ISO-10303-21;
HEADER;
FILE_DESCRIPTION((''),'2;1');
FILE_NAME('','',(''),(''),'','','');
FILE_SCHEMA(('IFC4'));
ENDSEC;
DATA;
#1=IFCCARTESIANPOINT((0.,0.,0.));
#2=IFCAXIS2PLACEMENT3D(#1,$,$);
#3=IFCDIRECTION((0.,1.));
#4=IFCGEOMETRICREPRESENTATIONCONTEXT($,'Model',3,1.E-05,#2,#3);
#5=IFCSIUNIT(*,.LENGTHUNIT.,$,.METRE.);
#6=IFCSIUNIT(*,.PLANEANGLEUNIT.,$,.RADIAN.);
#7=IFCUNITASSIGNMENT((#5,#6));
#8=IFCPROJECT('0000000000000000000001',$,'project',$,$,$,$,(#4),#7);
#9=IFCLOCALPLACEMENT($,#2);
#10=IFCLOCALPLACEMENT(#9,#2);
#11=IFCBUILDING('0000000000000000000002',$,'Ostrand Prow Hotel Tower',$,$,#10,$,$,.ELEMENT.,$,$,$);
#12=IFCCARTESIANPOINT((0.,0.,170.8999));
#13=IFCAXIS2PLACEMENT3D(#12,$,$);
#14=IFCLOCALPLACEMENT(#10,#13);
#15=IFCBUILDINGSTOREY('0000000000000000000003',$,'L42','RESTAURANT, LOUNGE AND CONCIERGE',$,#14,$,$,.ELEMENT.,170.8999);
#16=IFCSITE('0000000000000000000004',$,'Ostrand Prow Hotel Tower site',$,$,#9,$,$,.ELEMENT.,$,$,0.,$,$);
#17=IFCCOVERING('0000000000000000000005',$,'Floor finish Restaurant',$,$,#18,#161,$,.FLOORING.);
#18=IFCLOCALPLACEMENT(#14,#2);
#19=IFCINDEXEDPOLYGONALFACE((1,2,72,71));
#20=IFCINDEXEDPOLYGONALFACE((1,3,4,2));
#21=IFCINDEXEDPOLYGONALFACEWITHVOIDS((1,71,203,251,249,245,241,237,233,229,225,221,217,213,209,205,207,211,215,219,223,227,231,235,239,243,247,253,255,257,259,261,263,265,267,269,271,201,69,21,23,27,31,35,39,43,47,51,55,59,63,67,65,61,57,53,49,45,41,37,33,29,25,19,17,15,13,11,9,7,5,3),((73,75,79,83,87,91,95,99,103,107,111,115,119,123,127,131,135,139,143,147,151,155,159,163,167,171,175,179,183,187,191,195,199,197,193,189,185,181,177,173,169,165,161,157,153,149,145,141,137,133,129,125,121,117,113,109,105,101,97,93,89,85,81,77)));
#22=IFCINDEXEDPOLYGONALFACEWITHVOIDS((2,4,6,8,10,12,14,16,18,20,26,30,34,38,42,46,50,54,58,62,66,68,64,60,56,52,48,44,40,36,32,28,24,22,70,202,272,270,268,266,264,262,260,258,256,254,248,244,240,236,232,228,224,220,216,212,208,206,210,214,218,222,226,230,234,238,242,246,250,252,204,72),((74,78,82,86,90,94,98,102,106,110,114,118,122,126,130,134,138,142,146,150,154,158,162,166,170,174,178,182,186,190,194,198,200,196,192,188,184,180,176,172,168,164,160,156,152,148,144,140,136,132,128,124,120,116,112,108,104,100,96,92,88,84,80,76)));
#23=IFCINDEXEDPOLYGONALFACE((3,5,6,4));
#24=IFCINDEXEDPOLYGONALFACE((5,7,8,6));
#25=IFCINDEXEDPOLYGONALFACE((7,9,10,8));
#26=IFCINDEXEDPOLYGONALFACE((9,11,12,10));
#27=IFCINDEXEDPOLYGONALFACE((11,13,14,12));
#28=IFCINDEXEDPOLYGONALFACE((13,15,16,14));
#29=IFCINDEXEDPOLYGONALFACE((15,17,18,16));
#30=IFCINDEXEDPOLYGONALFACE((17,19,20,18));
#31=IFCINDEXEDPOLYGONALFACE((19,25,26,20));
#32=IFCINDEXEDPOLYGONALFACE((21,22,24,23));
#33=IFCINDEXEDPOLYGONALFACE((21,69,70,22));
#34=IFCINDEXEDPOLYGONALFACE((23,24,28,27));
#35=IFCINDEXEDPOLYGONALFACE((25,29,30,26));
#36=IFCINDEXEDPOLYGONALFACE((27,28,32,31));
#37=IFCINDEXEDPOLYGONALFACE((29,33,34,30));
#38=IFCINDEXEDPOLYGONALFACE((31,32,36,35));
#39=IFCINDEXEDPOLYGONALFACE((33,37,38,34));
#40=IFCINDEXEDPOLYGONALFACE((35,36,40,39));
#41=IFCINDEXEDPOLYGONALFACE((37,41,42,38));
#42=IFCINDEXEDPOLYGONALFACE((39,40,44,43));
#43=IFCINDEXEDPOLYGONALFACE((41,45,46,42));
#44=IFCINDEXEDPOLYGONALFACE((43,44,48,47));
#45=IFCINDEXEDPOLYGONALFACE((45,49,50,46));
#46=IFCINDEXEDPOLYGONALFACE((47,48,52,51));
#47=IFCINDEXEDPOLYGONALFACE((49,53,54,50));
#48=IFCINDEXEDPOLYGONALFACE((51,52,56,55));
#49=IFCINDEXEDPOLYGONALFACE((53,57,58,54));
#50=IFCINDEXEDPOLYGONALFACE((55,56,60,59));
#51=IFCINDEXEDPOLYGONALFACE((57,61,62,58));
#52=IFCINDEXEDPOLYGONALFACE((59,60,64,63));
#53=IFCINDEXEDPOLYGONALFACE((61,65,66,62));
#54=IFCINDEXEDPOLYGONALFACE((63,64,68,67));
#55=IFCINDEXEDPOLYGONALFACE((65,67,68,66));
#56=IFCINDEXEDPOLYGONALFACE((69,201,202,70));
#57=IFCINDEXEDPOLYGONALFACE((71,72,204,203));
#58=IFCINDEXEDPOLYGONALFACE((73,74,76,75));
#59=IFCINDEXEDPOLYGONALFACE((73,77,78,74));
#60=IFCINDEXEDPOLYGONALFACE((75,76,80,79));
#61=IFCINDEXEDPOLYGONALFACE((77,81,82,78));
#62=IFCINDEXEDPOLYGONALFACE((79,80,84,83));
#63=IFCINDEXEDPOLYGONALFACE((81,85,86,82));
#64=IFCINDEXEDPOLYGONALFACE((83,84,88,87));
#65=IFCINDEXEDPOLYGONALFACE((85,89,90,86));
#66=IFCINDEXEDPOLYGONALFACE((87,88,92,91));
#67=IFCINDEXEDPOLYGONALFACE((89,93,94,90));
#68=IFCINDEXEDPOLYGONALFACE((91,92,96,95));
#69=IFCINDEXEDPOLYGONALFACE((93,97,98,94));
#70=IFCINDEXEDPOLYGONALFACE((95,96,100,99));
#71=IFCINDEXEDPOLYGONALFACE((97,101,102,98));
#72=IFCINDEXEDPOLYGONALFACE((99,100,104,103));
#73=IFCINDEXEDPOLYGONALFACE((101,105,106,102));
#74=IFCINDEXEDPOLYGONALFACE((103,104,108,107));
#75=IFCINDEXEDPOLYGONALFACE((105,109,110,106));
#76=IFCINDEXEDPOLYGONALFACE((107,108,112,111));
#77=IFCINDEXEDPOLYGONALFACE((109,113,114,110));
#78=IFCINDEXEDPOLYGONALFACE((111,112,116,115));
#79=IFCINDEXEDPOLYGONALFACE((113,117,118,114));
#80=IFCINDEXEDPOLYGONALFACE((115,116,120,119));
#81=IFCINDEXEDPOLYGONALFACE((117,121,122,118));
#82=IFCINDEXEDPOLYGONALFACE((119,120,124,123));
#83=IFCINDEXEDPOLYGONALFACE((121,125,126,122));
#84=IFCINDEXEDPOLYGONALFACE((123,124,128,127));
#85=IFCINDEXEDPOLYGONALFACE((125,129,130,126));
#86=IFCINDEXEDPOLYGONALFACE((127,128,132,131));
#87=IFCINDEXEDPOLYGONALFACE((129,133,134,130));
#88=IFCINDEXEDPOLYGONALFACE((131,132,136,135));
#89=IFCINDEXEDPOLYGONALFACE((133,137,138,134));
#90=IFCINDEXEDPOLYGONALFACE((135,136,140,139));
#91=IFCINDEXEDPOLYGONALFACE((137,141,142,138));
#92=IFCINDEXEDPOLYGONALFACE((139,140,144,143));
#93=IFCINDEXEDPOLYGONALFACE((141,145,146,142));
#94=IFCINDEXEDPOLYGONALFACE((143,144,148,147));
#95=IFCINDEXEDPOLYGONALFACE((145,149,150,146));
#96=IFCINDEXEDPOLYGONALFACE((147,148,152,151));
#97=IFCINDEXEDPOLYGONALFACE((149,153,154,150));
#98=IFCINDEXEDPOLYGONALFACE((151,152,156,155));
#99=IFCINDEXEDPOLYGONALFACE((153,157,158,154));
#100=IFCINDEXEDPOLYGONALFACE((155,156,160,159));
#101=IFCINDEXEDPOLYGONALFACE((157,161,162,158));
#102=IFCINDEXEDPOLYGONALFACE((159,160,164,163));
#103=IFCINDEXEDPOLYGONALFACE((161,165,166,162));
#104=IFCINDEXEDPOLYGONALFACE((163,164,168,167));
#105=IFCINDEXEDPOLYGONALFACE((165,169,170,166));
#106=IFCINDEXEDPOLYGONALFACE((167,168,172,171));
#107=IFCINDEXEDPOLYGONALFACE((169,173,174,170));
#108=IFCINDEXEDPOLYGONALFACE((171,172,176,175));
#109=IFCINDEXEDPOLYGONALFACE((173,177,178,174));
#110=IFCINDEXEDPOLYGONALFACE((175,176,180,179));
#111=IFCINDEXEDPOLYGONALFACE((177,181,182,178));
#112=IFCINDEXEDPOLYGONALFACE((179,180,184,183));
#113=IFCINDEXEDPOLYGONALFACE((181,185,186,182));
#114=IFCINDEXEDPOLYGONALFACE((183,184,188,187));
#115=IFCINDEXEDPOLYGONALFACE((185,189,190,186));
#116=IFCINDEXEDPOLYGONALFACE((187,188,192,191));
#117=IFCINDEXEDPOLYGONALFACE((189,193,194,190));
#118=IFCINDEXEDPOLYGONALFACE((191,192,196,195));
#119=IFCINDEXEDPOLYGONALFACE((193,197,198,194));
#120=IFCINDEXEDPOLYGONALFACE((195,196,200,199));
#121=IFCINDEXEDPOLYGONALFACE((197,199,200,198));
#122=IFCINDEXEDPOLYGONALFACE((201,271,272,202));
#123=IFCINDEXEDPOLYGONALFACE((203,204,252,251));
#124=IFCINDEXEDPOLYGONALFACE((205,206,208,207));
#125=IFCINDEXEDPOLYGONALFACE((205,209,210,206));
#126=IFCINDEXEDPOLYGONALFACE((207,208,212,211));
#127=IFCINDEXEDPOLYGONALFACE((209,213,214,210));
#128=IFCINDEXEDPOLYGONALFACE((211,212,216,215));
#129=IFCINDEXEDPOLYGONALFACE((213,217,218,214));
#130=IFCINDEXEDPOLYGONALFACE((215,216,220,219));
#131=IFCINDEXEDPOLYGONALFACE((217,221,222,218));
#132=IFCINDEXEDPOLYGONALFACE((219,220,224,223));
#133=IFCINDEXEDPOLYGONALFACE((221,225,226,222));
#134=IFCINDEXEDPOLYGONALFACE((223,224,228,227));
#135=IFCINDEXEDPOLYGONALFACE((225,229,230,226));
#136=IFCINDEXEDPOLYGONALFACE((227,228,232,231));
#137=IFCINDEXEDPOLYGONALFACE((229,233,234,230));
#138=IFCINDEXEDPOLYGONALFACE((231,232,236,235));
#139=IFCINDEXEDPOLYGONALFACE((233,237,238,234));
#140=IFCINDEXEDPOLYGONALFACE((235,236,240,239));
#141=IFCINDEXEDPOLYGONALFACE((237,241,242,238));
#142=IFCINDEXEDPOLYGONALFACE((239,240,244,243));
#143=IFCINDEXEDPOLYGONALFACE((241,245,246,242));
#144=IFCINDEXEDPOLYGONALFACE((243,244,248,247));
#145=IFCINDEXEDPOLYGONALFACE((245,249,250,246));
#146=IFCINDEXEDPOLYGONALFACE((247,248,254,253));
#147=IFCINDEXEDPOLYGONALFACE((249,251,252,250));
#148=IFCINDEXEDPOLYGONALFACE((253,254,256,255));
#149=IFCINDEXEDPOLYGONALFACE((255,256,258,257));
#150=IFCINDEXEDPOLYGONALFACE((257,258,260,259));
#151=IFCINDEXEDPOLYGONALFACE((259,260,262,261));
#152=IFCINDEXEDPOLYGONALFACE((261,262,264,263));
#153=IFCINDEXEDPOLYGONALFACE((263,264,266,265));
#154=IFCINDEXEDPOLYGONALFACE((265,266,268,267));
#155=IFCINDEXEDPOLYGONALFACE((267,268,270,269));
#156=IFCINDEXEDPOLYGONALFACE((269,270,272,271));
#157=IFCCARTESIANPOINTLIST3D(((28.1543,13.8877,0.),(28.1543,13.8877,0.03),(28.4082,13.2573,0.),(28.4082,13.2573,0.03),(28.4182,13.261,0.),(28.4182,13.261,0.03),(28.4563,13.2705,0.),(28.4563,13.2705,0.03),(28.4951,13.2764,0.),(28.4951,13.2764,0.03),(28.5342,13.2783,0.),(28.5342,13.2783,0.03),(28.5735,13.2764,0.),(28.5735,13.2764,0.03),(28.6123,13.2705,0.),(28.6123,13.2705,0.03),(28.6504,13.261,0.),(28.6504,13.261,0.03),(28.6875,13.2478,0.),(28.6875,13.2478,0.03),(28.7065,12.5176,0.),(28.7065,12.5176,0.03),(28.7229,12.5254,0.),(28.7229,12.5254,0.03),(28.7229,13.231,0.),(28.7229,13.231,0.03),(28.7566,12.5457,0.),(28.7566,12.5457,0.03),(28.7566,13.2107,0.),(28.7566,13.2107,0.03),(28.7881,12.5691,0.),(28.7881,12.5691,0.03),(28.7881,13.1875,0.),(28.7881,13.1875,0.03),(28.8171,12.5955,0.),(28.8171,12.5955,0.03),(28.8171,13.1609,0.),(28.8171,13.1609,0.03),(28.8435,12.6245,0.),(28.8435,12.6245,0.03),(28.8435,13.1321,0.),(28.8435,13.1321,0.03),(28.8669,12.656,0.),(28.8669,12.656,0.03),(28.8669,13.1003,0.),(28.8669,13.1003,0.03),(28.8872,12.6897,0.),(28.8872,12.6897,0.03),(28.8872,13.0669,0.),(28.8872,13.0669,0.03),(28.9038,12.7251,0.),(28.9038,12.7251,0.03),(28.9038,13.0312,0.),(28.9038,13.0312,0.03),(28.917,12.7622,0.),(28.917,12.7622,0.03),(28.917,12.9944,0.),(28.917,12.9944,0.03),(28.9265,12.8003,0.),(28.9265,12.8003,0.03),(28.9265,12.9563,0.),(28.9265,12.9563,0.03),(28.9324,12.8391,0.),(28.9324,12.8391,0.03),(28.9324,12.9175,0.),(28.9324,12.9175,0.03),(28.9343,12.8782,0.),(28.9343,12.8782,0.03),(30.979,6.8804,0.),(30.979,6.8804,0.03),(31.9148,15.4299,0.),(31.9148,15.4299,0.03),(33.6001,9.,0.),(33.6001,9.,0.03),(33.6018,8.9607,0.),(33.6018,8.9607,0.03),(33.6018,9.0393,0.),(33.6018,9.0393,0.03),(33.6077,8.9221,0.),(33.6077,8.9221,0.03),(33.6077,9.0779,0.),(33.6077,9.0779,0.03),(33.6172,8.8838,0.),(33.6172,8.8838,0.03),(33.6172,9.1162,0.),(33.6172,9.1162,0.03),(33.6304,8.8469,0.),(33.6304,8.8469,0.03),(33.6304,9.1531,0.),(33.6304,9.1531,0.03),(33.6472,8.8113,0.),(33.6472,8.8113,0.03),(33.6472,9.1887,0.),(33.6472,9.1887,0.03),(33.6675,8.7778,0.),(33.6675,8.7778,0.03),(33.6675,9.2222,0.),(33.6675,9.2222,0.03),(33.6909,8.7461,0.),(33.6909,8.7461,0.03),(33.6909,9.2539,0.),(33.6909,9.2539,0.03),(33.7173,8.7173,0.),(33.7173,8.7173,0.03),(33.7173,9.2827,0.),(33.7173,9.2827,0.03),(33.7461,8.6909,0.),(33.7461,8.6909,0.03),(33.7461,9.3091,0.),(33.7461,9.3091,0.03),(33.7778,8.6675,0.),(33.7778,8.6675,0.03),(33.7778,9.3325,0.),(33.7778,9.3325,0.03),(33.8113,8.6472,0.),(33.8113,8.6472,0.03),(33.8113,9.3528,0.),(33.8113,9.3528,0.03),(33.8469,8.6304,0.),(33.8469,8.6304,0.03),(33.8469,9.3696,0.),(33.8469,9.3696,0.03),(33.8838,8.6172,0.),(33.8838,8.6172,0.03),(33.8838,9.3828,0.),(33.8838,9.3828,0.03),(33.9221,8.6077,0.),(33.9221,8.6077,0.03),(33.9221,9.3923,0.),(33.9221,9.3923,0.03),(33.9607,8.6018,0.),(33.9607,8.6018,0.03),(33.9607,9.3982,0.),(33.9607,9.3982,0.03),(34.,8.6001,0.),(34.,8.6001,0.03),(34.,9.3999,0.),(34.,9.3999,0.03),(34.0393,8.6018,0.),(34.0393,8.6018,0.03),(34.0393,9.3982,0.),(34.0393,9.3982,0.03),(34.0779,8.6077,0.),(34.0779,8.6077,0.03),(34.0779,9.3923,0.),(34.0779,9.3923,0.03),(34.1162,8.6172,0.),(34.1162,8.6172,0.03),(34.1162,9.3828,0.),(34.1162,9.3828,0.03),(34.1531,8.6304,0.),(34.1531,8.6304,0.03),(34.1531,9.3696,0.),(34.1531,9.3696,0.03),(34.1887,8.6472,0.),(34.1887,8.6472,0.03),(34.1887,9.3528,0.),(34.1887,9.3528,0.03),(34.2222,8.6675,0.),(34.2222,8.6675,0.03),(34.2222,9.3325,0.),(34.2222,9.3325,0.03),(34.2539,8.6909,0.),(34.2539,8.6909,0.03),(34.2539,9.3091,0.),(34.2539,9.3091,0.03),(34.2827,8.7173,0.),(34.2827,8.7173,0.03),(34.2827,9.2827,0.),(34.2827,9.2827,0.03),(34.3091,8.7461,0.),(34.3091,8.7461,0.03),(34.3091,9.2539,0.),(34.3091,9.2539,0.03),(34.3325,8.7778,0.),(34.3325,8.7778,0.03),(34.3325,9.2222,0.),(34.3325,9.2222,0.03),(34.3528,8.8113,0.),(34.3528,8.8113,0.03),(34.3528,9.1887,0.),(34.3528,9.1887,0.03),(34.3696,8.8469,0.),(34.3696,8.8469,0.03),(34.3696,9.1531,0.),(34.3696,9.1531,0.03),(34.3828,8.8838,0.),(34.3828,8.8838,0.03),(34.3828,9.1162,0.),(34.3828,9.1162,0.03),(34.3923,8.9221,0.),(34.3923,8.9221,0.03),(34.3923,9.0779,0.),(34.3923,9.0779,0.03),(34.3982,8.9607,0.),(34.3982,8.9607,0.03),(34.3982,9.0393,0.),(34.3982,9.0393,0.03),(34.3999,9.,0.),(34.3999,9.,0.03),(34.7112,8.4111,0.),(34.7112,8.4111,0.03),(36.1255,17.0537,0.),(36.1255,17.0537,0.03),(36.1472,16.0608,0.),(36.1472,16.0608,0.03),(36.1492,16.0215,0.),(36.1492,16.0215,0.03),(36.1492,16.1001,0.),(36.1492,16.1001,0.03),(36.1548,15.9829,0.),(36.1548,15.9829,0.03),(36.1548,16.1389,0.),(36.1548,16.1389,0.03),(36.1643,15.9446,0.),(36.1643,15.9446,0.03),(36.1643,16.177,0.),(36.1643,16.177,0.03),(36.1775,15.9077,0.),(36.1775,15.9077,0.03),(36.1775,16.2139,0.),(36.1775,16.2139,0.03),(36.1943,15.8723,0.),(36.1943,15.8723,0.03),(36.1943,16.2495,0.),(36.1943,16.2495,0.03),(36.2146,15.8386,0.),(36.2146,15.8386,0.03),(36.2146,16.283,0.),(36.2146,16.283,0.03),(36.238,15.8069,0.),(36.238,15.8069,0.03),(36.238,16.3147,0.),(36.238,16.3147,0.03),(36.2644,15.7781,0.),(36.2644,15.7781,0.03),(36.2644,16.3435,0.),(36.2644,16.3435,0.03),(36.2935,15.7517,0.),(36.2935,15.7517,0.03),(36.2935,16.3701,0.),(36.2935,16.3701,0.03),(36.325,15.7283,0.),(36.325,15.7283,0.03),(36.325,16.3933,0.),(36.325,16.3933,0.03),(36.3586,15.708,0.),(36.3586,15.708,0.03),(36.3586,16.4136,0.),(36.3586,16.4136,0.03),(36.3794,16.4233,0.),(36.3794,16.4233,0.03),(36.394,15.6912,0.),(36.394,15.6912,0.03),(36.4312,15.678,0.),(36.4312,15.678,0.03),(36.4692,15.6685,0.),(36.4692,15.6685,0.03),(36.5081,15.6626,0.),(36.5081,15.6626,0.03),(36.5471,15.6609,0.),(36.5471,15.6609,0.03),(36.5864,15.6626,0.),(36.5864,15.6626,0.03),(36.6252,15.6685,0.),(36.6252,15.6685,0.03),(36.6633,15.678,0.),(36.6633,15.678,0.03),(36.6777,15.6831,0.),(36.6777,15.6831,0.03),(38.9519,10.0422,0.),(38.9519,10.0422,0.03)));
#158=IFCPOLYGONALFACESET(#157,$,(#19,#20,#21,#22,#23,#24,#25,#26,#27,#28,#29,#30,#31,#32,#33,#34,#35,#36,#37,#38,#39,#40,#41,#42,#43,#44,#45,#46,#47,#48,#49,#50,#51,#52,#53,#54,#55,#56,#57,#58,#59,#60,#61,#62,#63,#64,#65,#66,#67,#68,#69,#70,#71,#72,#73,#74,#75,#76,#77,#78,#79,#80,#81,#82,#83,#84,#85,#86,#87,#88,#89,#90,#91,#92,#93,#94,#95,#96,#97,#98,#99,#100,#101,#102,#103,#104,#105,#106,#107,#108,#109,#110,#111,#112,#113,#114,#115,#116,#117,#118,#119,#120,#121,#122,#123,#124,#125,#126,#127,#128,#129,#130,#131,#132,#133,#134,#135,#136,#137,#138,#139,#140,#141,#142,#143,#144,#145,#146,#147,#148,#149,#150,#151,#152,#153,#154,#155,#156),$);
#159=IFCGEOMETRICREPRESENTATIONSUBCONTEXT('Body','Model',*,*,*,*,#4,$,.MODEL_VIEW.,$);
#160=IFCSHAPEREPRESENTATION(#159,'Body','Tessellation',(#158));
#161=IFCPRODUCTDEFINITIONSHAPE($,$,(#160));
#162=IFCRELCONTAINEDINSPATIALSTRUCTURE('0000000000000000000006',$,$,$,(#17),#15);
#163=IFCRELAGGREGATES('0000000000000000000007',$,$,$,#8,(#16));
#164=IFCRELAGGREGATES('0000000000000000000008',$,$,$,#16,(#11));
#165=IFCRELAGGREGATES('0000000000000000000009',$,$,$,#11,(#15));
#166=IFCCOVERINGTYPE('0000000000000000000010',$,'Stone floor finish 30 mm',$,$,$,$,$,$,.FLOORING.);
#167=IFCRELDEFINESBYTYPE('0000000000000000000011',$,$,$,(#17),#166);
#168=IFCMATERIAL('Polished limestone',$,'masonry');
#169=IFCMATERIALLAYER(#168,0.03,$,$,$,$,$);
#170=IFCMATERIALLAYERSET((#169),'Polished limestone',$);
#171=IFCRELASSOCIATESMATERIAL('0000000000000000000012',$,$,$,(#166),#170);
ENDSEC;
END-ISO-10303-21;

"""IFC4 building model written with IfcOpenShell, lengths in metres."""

from ifc_helpers import new_model, si_unit, direction, frame, origin, place, context, subcontext, project, spatial, polyline, outline, extrude, material, layer, layer_set, type_object, element, save


model = new_model("IFC4")

# Units and contexts
model_context = context("Model", 3, precision=1e-05, world=origin(), true_north=direction((0.0, 1.0)))
body_context = subcontext(model_context, "Body", "Model", "MODEL_VIEW")
ifc_project = project(units=[si_unit("LENGTHUNIT", "METRE"), si_unit("PLANEANGLEUNIT", "RADIAN")], contexts=[model_context])

# Site, building, storey
site_placement = place(None, origin())
site = spatial("IfcSite", under=ifc_project, at=site_placement, Name="Ostrand Prow Hotel Tower site", CompositionType="ELEMENT", RefElevation=0.0)
building_placement = place(site_placement, origin())
building = spatial("IfcBuilding", under=site, at=building_placement, Name="Ostrand Prow Hotel Tower", CompositionType="ELEMENT")
storey_placement = place(building_placement, frame((0.0, 0.0, 170.8999)))
storey = spatial("IfcBuildingStorey", under=building, at=storey_placement, Name="L42", Description="RESTAURANT, LOUNGE AND CONCIERGE", CompositionType="ELEMENT", Elevation=170.8999)

# Covering
ifc_material_1 = material(Name="Polished limestone", Category="masonry")
ifc_layer_1 = layer(ifc_material_1, 0.03)
ifc_layer_set_1 = layer_set([ifc_layer_1], Name="Polished limestone")
covering_type_1 = type_object("IfcCoveringType", Name="Stone floor finish 30 mm", PredefinedType="FLOORING", material=ifc_layer_set_1)
covering_1_placement = place(storey_placement, origin())
element("IfcCovering", 1, at=covering_1_placement, inside=storey, type_object=covering_type_1, Name="Floor finish Restaurant", PredefinedType="FLOORING", context=body_context, shape_type="SweptSolid", body=[
    extrude(outline(polyline([(36.3794, 16.4233), (36.1255, 17.0537), (31.9148, 15.4299), (28.1543, 13.8877), (28.4082, 13.2573), (28.4182, 13.261), (28.4563, 13.2705), (28.4951, 13.2764), (28.5342, 13.2783), (28.5735, 13.2764), (28.6123, 13.2705), (28.6504, 13.261), (28.6875, 13.2478), (28.7229, 13.231), (28.7566, 13.2107), (28.7881, 13.1875), (28.8171, 13.1609), (28.8435, 13.1321), (28.8669, 13.1003), (28.8872, 13.0669), (28.9038, 13.0312), (28.917, 12.9944), (28.9265, 12.9563), (28.9324, 12.9175), (28.9343, 12.8782), (28.9324, 12.8391), (28.9265, 12.8003), (28.917, 12.7622), (28.9038, 12.7251), (28.8872, 12.6897), (28.8669, 12.656), (28.8435, 12.6245), (28.8171, 12.5955), (28.7881, 12.5691), (28.7566, 12.5457), (28.7229, 12.5254), (28.7065, 12.5176), (30.979, 6.8804), (34.7112, 8.4111), (38.9519, 10.0422), (36.6777, 15.6831), (36.6633, 15.678), (36.6252, 15.6685), (36.5864, 15.6626), (36.5471, 15.6609), (36.5081, 15.6626), (36.4692, 15.6685), (36.4312, 15.678), (36.394, 15.6912), (36.3586, 15.708), (36.325, 15.7283), (36.2935, 15.7517), (36.2644, 15.7781), (36.238, 15.8069), (36.2146, 15.8386), (36.1943, 15.8723), (36.1775, 15.9077), (36.1643, 15.9446), (36.1548, 15.9829), (36.1492, 16.0215), (36.1472, 16.0608), (36.1492, 16.1001), (36.1548, 16.1389), (36.1643, 16.177), (36.1775, 16.2139), (36.1943, 16.2495), (36.2146, 16.283), (36.238, 16.3147), (36.2644, 16.3435), (36.2935, 16.3701), (36.325, 16.3933), (36.3586, 16.4136), (36.3794, 16.4233)]), holes=[polyline([(34.3325, 8.7778), (34.3091, 8.7461), (34.2827, 8.7173), (34.2539, 8.6909), (34.2222, 8.6675), (34.1887, 8.6472), (34.1531, 8.6304), (34.1162, 8.6172), (34.0779, 8.6077), (34.0393, 8.6018), (34.0, 8.6001), (33.9607, 8.6018), (33.9221, 8.6077), (33.8838, 8.6172), (33.8469, 8.6304), (33.8113, 8.6472), (33.7778, 8.6675), (33.7461, 8.6909), (33.7173, 8.7173), (33.6909, 8.7461), (33.6675, 8.7778), (33.6472, 8.8113), (33.6304, 8.8469), (33.6172, 8.8838), (33.6077, 8.9221), (33.6018, 8.9607), (33.6001, 9.0), (33.6018, 9.0393), (33.6077, 9.0779), (33.6172, 9.1162), (33.6304, 9.1531), (33.6472, 9.1887), (33.6675, 9.2222), (33.6909, 9.2539), (33.7173, 9.2827), (33.7461, 9.3091), (33.7778, 9.3325), (33.8113, 9.3528), (33.8469, 9.3696), (33.8838, 9.3828), (33.9221, 9.3923), (33.9607, 9.3982), (34.0, 9.3999), (34.0393, 9.3982), (34.0779, 9.3923), (34.1162, 9.3828), (34.1531, 9.3696), (34.1887, 9.3528), (34.2222, 9.3325), (34.2539, 9.3091), (34.2827, 9.2827), (34.3091, 9.2539), (34.3325, 9.2222), (34.3528, 9.1887), (34.3696, 9.1531), (34.3828, 9.1162), (34.3923, 9.0779), (34.3982, 9.0393), (34.3999, 9.0), (34.3982, 8.9607), (34.3923, 8.9221), (34.3828, 8.8838), (34.3696, 8.8469), (34.3528, 8.8113), (34.3325, 8.7778)])]), origin(), (0.0, 0.0, 1.0), 0.03),
])

save(model, "model.ifc")
